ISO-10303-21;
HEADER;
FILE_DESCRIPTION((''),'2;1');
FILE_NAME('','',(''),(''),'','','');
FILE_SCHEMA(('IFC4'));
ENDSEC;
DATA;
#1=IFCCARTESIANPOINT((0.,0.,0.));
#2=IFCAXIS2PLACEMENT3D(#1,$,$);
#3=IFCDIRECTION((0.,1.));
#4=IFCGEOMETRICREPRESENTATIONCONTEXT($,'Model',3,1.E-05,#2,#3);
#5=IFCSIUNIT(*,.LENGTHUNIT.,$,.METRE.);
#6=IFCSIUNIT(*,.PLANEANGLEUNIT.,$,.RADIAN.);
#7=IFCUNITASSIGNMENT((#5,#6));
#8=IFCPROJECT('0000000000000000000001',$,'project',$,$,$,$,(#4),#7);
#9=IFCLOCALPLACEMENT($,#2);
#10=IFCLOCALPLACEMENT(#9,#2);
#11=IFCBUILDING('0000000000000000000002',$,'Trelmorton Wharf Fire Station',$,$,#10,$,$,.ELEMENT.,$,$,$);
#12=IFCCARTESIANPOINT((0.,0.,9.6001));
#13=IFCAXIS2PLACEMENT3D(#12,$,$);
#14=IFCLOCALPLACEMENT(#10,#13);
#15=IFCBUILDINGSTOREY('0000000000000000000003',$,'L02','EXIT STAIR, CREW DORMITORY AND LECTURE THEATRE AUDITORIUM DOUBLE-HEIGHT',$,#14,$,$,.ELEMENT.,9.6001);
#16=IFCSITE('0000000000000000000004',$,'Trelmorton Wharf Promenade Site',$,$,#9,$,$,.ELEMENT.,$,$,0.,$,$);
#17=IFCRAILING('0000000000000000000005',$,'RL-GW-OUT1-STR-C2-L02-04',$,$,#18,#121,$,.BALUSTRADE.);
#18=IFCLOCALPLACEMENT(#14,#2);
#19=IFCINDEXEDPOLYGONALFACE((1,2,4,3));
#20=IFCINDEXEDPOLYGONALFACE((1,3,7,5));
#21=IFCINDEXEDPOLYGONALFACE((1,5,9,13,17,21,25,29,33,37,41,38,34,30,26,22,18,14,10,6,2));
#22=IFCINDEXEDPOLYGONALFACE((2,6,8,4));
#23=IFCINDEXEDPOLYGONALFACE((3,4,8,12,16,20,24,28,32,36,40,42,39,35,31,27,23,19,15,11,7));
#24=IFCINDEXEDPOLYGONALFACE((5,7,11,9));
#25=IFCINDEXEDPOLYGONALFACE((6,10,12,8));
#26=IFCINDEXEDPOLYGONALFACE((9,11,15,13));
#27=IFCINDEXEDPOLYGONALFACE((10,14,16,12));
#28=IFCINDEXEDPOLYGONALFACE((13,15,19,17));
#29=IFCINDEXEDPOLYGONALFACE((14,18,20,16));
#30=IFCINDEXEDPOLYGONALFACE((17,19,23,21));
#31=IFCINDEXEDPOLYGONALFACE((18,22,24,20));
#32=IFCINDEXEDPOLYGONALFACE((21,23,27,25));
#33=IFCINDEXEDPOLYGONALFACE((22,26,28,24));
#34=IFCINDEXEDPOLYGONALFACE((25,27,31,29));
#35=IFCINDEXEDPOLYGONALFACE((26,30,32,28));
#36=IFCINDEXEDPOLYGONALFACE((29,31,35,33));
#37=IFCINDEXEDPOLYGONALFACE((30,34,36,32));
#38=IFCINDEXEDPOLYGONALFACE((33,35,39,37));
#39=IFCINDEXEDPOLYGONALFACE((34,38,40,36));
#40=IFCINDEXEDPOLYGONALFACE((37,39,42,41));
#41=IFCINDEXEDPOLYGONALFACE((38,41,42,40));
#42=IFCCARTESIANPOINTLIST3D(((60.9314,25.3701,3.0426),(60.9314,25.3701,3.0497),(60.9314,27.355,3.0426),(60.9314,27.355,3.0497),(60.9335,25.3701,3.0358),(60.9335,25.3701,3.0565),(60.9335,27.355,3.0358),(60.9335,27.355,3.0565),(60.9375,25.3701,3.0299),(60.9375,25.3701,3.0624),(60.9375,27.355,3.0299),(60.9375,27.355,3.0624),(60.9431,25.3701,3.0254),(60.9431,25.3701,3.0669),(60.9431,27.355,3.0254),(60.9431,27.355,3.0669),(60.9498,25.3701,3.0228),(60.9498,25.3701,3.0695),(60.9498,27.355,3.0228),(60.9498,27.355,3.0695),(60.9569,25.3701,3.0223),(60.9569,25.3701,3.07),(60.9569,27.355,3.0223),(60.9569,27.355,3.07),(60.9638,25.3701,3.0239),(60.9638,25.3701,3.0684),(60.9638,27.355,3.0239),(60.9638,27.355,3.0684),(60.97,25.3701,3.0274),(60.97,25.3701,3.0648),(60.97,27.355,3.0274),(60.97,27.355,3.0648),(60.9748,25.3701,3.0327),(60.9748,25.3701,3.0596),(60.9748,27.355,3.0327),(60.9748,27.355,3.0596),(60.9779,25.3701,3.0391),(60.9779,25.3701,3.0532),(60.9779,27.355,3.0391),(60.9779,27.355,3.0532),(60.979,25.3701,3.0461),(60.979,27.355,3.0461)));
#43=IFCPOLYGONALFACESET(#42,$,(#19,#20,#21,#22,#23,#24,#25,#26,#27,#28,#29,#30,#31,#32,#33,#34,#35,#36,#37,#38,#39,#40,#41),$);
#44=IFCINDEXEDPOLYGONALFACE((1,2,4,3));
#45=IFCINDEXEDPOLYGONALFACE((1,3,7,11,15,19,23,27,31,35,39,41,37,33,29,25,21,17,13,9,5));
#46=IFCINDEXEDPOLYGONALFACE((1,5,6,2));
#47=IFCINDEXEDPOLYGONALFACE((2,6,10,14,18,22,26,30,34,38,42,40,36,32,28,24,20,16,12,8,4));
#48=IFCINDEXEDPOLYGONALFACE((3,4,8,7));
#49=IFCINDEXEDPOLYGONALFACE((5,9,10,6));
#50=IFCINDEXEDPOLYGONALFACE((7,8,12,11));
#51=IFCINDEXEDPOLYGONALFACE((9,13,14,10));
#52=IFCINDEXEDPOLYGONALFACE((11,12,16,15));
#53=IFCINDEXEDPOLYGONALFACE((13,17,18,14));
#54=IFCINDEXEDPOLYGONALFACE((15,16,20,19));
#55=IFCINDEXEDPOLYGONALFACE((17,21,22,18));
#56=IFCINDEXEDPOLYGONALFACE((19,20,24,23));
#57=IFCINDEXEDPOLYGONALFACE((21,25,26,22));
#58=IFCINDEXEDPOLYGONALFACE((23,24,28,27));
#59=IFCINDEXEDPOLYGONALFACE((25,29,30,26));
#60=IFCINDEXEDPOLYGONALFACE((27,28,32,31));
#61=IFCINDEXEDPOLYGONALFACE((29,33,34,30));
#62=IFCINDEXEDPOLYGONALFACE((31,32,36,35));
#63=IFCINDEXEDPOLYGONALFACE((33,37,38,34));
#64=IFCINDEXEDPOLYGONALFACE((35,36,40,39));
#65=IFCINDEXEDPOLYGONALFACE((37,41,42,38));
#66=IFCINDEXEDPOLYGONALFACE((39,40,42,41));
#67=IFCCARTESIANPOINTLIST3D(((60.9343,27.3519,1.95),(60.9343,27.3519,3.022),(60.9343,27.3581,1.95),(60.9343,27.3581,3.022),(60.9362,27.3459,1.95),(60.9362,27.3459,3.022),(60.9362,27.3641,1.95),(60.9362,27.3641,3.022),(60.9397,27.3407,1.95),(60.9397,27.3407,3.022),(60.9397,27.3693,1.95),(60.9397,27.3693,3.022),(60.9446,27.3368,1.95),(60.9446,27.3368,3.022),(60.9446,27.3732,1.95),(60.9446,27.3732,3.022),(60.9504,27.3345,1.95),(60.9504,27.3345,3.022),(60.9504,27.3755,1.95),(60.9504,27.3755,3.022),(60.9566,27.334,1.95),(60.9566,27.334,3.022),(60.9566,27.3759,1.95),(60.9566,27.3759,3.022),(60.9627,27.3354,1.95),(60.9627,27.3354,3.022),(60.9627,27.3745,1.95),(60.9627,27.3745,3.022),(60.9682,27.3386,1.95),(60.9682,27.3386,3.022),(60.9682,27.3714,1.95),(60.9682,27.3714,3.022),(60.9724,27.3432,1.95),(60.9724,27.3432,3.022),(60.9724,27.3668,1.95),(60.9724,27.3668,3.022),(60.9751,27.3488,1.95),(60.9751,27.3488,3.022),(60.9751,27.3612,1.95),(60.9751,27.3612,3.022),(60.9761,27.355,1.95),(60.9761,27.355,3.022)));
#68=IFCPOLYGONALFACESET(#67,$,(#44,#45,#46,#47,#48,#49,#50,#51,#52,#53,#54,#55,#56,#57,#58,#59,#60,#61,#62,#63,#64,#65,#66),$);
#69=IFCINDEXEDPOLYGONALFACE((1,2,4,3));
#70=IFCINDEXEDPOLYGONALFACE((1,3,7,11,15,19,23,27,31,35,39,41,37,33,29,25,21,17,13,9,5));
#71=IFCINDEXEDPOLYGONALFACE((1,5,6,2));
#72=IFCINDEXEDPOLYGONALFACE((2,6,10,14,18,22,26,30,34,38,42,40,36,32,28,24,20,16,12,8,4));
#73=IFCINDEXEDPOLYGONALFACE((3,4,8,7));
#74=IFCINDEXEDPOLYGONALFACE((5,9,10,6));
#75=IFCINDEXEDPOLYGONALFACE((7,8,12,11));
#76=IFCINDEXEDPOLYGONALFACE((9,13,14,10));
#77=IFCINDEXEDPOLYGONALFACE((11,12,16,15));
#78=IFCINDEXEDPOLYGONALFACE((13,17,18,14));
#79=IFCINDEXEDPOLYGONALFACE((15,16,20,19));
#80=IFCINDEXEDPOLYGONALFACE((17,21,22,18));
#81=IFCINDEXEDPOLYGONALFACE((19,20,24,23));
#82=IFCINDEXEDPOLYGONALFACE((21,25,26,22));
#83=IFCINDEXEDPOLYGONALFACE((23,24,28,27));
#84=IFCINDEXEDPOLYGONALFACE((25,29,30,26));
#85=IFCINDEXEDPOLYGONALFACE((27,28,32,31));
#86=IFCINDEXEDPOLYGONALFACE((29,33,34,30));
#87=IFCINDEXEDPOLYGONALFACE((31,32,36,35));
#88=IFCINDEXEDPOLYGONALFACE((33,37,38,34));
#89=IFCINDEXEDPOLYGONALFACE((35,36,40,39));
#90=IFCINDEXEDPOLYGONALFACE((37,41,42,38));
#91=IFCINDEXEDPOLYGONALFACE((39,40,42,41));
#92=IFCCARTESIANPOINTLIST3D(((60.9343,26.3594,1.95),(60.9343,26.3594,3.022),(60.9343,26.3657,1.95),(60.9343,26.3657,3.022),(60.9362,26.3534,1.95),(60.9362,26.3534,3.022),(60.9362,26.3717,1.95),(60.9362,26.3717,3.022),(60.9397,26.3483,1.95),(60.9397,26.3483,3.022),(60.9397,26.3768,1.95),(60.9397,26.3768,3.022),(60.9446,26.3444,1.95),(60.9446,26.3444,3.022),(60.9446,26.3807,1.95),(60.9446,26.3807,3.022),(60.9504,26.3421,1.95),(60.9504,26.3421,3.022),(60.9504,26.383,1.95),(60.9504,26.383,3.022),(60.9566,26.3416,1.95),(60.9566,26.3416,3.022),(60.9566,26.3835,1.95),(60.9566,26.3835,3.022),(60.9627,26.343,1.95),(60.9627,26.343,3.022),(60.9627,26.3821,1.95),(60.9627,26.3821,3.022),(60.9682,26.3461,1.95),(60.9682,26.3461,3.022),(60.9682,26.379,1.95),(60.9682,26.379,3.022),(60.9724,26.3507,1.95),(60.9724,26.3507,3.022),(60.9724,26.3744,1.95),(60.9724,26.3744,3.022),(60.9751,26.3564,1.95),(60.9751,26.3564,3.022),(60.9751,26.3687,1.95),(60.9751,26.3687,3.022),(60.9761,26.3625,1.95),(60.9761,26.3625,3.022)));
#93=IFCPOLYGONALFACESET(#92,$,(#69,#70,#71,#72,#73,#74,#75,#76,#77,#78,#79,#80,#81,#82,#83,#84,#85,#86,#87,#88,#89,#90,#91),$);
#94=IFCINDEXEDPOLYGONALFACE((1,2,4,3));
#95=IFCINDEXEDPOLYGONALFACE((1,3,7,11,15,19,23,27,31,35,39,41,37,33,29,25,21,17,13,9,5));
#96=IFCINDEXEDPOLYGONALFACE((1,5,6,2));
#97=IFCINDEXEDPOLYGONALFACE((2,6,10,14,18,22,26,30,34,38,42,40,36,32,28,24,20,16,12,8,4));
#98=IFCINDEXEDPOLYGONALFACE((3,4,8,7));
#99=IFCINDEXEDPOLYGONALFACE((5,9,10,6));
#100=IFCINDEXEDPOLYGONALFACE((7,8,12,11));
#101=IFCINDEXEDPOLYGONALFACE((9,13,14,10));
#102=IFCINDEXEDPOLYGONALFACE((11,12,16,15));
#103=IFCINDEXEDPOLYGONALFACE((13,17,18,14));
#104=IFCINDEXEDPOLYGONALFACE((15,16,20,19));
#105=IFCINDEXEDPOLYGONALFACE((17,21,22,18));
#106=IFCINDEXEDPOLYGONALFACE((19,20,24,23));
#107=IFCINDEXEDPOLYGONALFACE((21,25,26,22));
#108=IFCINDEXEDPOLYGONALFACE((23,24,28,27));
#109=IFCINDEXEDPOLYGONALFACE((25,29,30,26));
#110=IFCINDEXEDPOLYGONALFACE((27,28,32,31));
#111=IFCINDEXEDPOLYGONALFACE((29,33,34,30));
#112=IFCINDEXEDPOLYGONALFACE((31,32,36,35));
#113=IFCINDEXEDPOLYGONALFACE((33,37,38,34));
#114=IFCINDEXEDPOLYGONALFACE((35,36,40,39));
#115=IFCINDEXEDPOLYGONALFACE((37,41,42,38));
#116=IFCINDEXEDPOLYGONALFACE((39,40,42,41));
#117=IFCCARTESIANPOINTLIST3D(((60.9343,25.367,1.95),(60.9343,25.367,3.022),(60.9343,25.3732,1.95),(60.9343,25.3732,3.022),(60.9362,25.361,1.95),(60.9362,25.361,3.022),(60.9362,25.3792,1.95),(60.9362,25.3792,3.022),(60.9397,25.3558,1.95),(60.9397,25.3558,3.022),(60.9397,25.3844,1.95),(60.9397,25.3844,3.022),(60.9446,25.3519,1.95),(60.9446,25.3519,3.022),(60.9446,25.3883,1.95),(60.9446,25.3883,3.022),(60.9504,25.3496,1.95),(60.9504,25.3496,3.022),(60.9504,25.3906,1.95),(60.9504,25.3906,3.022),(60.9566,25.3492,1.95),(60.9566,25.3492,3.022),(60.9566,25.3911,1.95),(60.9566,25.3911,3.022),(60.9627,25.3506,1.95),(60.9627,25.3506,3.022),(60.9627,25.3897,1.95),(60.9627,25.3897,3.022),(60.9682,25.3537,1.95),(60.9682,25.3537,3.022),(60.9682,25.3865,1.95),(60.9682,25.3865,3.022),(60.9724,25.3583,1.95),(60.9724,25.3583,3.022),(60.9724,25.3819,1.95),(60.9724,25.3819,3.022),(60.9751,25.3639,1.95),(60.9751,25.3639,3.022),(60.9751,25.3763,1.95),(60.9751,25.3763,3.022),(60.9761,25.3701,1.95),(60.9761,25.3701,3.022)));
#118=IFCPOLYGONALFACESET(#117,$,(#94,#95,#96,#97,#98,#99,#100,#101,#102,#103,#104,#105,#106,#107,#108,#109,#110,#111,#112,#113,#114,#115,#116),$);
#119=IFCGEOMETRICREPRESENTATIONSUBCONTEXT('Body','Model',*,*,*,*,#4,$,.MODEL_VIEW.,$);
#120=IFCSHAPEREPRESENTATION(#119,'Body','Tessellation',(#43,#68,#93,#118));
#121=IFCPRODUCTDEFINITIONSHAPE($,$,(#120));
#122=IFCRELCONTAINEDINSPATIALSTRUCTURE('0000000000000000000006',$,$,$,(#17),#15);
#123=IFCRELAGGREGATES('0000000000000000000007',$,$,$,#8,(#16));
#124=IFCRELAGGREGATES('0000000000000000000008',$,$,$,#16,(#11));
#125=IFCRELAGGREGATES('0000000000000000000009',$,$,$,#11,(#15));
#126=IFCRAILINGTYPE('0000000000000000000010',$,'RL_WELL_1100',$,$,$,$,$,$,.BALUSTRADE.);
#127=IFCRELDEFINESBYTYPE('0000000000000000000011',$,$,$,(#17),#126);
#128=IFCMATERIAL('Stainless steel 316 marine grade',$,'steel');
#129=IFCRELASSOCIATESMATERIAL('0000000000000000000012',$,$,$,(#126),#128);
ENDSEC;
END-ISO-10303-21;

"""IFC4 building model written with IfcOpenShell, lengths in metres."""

from ifc_helpers import new_model, si_unit, direction, frame, origin, origin_2d, place, context, subcontext, project, spatial, circle, extrude, material, type_object, element, save


model = new_model("IFC4")

# Units and contexts
model_context = context("Model", 3, precision=1e-05, world=origin(), true_north=direction((0.0, 1.0)))
body_context = subcontext(model_context, "Body", "Model", "MODEL_VIEW")
ifc_project = project(units=[si_unit("LENGTHUNIT", "METRE"), si_unit("PLANEANGLEUNIT", "RADIAN")], contexts=[model_context])

# Site, building, storey
site_placement = place(None, origin())
site = spatial("IfcSite", under=ifc_project, at=site_placement, Name="Trelmorton Wharf Promenade Site", CompositionType="ELEMENT", RefElevation=0.0)
building_placement = place(site_placement, origin())
building = spatial("IfcBuilding", under=site, at=building_placement, Name="Trelmorton Wharf Fire Station", CompositionType="ELEMENT")
storey_placement = place(building_placement, frame((0.0, 0.0, 9.6001)))
storey = spatial("IfcBuildingStorey", under=building, at=storey_placement, Name="L02", Description="EXIT STAIR, CREW DORMITORY AND LECTURE THEATRE AUDITORIUM DOUBLE-HEIGHT", CompositionType="ELEMENT", Elevation=9.6001)

# Shared definitions
ifc_material_1 = material(Name="Stainless steel 316 marine grade", Category="steel")

# Railing
railing_type_1 = type_object("IfcRailingType", Name="RL_WELL_1100", PredefinedType="BALUSTRADE", material=ifc_material_1)
railing_1_placement = place(storey_placement, frame((60.9551, 27.355, 1.95)))
element("IfcRailing", 1, at=railing_1_placement, inside=storey, type_object=railing_type_1, Name="RL-GW-OUT1-STR-C2-L02-04", PredefinedType="BALUSTRADE", context=body_context, shape_type="SweptSolid", body=[
    extrude(circle(Radius=0.0239, at=origin_2d()), frame((0.0, 0.0, 1.0962), z_axis=(0.0, -1.0, 0.0), x_axis=(1.0, 0.0, 0.0)), (0.0, 0.0, 1.0), 1.9849),
    extrude(circle(Radius=0.021, at=origin_2d()), origin(), (0.0, 0.0, 1.0), 1.072),
    extrude(circle(Radius=0.021, at=origin_2d()), frame((0.0, -0.9924, 0.0)), (0.0, 0.0, 1.0), 1.072),
    extrude(circle(Radius=0.021, at=origin_2d()), frame((0.0, -1.9849, 0.0)), (0.0, 0.0, 1.0), 1.072),
])

save(model, "model.ifc")
